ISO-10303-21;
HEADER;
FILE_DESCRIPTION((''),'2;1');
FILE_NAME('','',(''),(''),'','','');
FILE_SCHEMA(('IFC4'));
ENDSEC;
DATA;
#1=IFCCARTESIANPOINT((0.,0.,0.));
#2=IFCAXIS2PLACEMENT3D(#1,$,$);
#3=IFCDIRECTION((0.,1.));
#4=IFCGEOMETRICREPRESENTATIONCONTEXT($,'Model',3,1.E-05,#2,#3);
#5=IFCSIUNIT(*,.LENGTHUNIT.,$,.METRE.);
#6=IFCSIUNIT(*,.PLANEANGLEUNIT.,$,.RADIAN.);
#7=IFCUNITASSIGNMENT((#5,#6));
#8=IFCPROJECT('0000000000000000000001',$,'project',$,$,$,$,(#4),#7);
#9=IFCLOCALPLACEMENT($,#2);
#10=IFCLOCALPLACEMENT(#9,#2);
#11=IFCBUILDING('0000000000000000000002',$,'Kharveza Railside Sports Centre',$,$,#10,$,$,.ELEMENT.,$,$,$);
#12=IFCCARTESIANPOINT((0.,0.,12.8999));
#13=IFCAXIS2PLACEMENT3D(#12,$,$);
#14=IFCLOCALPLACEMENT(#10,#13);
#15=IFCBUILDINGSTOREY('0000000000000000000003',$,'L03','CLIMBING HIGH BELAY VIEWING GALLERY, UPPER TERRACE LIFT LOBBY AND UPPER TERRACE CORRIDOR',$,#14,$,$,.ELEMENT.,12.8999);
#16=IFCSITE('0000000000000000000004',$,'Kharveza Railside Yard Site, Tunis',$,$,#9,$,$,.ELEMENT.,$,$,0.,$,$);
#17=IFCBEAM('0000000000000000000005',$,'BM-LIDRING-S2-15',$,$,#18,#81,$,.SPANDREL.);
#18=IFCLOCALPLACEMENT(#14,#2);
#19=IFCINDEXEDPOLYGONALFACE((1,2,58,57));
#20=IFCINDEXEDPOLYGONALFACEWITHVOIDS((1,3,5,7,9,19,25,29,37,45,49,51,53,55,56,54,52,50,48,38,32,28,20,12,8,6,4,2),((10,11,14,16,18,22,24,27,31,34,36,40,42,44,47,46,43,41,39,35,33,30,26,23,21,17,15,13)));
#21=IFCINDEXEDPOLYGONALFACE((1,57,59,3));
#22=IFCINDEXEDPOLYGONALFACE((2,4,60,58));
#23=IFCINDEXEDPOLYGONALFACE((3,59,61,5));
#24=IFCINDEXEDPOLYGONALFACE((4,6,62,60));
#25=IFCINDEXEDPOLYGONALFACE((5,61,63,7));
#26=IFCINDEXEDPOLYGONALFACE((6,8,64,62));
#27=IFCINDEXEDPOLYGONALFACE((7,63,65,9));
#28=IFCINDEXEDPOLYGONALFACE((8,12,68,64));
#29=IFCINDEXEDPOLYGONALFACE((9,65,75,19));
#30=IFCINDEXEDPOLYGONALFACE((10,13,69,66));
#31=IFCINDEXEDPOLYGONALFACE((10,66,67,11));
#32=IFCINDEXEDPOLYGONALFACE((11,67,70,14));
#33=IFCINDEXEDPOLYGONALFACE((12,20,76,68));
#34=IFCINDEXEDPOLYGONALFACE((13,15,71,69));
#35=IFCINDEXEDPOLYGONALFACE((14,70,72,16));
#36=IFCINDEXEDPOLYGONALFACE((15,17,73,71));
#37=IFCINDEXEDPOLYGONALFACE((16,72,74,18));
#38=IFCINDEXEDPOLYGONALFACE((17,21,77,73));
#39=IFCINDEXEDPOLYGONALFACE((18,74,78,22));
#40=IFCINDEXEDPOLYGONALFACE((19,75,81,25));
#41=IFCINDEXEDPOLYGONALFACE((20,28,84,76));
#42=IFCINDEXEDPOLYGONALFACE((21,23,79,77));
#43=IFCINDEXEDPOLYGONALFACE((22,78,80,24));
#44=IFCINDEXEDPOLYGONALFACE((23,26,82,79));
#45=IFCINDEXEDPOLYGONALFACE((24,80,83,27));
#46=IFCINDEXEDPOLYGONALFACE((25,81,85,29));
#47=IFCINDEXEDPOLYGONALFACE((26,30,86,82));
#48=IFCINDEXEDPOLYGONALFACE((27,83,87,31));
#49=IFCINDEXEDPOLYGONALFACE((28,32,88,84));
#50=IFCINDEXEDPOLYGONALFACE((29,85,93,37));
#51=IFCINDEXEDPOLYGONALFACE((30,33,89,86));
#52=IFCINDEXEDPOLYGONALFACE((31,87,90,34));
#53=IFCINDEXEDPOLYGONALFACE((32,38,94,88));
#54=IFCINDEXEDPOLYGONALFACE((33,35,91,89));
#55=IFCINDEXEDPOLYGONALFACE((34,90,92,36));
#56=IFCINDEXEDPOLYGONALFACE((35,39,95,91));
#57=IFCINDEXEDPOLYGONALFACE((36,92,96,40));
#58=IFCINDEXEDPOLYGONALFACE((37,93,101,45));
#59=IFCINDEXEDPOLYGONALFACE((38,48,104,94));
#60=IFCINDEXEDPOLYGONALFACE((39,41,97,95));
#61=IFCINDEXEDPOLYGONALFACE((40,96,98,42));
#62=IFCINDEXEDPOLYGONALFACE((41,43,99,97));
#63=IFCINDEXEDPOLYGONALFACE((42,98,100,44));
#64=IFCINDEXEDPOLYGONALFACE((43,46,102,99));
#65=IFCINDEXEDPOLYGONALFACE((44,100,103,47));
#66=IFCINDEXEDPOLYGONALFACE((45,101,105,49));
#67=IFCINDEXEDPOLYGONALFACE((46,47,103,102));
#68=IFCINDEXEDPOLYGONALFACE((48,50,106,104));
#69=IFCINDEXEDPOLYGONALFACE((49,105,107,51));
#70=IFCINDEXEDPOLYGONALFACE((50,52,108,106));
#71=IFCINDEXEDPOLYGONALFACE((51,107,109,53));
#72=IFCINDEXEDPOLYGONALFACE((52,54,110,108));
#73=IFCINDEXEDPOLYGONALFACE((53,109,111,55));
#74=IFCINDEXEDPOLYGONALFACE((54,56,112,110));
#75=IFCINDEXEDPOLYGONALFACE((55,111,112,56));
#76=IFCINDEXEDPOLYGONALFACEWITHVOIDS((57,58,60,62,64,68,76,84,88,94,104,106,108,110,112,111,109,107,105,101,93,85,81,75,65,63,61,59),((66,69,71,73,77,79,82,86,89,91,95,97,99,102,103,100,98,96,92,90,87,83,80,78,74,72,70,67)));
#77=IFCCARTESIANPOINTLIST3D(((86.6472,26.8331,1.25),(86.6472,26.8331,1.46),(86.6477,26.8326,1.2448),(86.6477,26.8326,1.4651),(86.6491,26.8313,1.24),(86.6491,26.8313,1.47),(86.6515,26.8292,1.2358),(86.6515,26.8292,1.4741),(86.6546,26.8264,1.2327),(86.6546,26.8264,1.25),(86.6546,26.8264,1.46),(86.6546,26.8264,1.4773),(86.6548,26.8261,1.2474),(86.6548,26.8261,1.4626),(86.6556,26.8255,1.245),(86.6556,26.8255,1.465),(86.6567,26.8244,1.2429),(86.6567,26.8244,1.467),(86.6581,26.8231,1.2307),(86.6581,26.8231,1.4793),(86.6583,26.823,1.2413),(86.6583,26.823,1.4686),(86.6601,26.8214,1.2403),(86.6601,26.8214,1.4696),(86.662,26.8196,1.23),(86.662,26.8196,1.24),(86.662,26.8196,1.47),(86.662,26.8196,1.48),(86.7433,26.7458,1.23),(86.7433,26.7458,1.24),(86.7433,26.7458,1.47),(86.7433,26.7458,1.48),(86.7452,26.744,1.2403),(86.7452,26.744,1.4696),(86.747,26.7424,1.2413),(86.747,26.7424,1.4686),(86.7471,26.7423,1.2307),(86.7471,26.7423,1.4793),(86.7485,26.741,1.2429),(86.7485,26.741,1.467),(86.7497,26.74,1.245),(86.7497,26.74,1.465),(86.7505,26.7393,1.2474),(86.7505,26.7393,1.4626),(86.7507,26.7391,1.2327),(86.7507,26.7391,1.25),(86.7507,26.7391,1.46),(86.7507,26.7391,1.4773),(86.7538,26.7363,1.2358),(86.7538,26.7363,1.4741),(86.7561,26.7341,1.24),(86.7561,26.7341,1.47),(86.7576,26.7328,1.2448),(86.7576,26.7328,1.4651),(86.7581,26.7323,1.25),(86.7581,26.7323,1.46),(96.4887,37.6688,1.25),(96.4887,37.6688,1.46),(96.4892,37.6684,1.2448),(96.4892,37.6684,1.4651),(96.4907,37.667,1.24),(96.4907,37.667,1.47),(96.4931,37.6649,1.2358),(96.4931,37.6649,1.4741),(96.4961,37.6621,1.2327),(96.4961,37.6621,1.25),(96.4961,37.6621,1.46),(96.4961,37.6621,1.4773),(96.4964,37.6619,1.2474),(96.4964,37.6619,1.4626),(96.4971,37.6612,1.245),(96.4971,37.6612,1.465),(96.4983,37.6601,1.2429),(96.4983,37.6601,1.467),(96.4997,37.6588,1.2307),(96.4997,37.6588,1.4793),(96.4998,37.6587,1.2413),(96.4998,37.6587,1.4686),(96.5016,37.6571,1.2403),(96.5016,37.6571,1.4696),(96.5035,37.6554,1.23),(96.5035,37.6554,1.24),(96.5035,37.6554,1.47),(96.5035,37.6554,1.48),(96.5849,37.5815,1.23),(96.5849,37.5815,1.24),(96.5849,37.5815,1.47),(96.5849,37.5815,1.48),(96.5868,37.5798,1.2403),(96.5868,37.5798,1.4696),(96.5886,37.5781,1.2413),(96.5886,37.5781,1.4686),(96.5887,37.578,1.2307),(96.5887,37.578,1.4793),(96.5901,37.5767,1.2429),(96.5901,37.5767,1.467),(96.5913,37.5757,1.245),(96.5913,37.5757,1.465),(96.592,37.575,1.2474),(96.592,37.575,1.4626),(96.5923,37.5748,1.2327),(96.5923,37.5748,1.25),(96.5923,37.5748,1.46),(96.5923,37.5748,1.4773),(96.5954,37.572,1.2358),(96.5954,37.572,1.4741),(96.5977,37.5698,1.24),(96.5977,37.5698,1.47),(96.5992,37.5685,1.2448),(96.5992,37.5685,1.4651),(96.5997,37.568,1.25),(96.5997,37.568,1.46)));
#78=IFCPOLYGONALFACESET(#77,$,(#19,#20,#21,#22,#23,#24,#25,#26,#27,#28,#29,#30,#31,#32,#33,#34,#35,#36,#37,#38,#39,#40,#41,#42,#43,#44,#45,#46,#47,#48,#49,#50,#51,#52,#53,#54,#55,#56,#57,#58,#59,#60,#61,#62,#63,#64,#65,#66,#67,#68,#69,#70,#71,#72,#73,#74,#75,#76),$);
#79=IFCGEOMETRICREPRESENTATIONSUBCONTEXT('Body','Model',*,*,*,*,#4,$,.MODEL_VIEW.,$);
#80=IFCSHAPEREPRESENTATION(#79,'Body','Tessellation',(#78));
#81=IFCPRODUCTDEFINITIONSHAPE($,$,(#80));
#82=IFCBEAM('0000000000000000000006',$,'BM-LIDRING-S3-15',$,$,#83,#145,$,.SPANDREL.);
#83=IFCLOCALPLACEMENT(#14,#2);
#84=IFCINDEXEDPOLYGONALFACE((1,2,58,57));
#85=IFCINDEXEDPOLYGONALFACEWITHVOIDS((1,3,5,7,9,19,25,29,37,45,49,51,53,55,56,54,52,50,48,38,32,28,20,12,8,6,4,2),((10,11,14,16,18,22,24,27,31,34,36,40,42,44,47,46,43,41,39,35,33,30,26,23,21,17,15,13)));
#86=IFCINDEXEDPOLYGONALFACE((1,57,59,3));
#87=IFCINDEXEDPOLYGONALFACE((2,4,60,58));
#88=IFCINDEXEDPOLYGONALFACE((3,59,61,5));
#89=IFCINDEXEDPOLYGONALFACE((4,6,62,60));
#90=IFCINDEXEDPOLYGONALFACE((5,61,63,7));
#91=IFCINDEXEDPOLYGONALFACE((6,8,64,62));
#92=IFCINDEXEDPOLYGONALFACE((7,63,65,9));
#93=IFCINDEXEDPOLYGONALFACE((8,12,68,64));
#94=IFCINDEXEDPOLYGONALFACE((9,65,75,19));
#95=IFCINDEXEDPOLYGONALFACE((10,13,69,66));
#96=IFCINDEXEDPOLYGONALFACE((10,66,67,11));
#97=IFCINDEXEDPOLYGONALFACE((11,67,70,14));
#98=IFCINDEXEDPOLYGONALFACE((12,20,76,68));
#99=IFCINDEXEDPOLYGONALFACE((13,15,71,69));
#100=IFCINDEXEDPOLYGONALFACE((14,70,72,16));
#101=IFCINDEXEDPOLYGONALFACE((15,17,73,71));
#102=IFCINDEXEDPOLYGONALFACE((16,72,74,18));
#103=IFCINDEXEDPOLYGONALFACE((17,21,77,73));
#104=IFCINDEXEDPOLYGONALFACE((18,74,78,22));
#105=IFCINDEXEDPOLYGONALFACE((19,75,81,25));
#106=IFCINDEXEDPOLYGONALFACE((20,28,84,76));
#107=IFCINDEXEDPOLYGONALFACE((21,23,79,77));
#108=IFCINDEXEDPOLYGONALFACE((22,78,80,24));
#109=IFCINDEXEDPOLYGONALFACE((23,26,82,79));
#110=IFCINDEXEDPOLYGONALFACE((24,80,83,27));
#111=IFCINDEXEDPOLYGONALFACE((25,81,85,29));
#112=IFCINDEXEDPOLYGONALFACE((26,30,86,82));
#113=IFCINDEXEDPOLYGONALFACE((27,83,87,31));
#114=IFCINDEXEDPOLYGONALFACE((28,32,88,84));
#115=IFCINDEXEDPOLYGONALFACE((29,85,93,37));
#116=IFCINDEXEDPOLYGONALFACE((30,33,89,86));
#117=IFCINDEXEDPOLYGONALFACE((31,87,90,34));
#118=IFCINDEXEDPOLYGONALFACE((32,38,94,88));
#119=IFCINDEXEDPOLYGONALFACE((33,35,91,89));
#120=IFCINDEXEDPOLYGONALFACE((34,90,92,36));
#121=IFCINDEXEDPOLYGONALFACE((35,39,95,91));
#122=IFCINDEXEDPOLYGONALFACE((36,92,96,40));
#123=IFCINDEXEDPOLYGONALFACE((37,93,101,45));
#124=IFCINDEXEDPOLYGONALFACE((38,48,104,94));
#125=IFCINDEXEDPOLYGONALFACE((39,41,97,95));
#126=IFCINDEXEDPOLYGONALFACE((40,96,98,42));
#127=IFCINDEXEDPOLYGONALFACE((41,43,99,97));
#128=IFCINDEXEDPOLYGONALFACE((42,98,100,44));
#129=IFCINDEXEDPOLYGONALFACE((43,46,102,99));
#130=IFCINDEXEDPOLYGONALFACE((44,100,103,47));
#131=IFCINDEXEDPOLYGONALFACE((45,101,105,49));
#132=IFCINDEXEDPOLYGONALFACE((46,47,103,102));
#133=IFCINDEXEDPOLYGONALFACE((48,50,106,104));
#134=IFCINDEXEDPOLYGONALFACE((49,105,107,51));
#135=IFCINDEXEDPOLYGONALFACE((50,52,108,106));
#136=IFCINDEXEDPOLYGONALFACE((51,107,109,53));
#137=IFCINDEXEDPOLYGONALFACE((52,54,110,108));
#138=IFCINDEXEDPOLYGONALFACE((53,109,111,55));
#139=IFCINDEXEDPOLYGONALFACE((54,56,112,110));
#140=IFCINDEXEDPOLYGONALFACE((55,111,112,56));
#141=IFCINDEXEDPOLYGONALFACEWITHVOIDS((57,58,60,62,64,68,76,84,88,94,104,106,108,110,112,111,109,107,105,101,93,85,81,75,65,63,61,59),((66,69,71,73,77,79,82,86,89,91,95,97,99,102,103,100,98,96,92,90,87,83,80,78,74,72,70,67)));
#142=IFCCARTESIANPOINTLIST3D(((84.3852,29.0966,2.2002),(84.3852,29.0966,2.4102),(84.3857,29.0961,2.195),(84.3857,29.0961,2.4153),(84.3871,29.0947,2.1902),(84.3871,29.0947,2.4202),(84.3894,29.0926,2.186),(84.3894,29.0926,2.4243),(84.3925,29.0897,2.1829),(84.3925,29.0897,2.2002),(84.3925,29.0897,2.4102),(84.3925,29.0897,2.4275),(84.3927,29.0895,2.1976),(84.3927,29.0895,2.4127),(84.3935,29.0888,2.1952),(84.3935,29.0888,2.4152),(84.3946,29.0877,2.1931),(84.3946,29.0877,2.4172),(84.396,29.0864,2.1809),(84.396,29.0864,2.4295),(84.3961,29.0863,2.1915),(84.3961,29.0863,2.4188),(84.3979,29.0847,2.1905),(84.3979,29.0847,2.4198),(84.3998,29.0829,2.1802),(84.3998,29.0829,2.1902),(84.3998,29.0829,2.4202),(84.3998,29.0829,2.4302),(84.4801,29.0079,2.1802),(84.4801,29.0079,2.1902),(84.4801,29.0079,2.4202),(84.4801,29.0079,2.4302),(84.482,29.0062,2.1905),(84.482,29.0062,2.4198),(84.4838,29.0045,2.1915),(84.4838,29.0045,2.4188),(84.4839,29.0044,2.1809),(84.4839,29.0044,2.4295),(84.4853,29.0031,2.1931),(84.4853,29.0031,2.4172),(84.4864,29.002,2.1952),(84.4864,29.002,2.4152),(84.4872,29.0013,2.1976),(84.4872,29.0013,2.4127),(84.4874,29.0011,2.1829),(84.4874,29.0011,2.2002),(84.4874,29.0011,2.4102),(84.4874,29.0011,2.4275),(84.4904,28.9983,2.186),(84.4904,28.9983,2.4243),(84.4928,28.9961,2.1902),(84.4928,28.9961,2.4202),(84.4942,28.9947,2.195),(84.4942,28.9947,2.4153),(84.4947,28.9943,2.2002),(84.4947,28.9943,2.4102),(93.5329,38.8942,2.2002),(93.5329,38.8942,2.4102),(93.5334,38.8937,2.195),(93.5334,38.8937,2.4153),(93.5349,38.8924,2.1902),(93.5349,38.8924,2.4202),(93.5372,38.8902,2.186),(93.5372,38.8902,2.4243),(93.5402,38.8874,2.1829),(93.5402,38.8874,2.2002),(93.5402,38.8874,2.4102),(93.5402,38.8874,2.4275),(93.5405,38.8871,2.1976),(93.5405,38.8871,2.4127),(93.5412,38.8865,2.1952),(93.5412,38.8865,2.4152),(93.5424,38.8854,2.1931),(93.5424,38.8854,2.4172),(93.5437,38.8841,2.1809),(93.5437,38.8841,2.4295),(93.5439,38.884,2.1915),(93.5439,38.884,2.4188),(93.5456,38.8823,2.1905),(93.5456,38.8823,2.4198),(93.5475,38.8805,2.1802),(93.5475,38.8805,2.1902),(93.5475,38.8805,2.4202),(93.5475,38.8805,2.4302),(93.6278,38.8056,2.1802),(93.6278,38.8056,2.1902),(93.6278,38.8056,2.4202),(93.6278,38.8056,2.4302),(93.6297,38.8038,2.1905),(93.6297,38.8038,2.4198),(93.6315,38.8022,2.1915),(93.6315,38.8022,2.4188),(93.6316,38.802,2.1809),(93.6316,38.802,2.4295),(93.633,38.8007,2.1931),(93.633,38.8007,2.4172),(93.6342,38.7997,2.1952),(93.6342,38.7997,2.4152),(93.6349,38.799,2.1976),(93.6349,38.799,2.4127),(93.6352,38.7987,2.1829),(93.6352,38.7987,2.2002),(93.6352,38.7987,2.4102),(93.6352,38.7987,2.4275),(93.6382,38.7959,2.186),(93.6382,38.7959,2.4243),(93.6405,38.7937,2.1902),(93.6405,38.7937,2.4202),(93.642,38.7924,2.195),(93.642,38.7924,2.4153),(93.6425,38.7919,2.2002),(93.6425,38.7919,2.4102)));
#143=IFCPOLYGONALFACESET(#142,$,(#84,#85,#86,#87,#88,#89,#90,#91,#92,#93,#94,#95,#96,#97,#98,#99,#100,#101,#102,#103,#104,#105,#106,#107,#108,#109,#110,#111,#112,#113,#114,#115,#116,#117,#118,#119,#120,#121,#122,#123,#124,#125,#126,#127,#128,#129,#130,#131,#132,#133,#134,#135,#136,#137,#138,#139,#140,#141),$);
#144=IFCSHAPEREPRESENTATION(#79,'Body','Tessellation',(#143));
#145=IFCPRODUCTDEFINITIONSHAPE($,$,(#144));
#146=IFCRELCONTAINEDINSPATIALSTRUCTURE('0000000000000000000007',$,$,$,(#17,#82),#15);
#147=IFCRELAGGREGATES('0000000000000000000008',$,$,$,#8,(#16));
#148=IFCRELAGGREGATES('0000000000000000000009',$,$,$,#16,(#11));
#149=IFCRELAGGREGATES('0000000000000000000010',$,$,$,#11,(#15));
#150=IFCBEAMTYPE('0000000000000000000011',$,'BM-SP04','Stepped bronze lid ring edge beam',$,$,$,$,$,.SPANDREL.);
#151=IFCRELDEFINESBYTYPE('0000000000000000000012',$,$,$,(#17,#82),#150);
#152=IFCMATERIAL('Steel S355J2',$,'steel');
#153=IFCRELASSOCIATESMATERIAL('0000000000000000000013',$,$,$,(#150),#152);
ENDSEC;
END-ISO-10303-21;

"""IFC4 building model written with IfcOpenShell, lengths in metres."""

from ifc_helpers import new_model, si_unit, direction, frame, origin, origin_2d, place, context, subcontext, project, spatial, hollow_rectangle, extrude, material, material_profile, profile_set, type_object, element, save


model = new_model("IFC4")

# Units and contexts
model_context = context("Model", 3, precision=1e-05, world=origin(), true_north=direction((0.0, 1.0)))
body_context = subcontext(model_context, "Body", "Model", "MODEL_VIEW")
ifc_project = project(units=[si_unit("LENGTHUNIT", "METRE"), si_unit("PLANEANGLEUNIT", "RADIAN")], contexts=[model_context])

# Site, building, storey
site_placement = place(None, origin())
site = spatial("IfcSite", under=ifc_project, at=site_placement, Name="Kharveza Railside Yard Site, Tunis", CompositionType="ELEMENT", RefElevation=0.0)
building_placement = place(site_placement, origin())
building = spatial("IfcBuilding", under=site, at=building_placement, Name="Kharveza Railside Sports Centre", CompositionType="ELEMENT")
storey_placement = place(building_placement, frame((0.0, 0.0, 12.8999)))
storey = spatial("IfcBuildingStorey", under=building, at=storey_placement, Name="L03", Description="CLIMBING HIGH BELAY VIEWING GALLERY, UPPER TERRACE LIFT LOBBY AND UPPER TERRACE CORRIDOR", CompositionType="ELEMENT", Elevation=12.8999)

# Beams
ifc_material_1 = material(Name="Steel S355J2", Category="steel")
ifc_material_profile_1 = material_profile(ifc_material_1, hollow_rectangle(XDim=0.1499, YDim=0.25, WallThickness=0.01, InnerFilletRadius=0.01, OuterFilletRadius=0.02, at=origin_2d()), Name="RHS 150x250x10.0")
ifc_profile_set_1 = profile_set([ifc_material_profile_1], Name="Steel S355J2")
beam_type = type_object("IfcBeamType", Name="BM-SP04", Description="Stepped bronze lid ring edge beam", PredefinedType="SPANDREL", material=ifc_profile_set_1)
beam_1_placement = place(storey_placement, frame((86.7026, 26.7827, 1.355), z_axis=(0.672333, 0.740249, 0.0), x_axis=(-0.740249, 0.672333, 0.0)))
element("IfcBeam", 1, at=beam_1_placement, inside=storey, type_object=beam_type, Name="BM-LIDRING-S2-15", PredefinedType="SPANDREL", context=body_context, shape_type="SweptSolid", body=[
    extrude(hollow_rectangle(XDim=0.1499, YDim=0.25, WallThickness=0.01, InnerFilletRadius=0.01, OuterFilletRadius=0.02, at=origin_2d()), origin(), (0.0, 0.0, 1.0), 14.6379),
])
beam_2_placement = place(storey_placement, frame((84.4399, 29.0454, 2.3052), z_axis=(0.682449, 0.730934, 0.0), x_axis=(-0.730934, 0.682449, 0.0)))
element("IfcBeam", 2, at=beam_2_placement, inside=storey, type_object=beam_type, Name="BM-LIDRING-S3-15", PredefinedType="SPANDREL", context=body_context, shape_type="SweptSolid", body=[
    extrude(hollow_rectangle(XDim=0.1499, YDim=0.25, WallThickness=0.01, InnerFilletRadius=0.01, OuterFilletRadius=0.02, at=origin_2d()), origin(), (0.0, 0.0, 1.0), 13.4043),
])

save(model, "model.ifc")
